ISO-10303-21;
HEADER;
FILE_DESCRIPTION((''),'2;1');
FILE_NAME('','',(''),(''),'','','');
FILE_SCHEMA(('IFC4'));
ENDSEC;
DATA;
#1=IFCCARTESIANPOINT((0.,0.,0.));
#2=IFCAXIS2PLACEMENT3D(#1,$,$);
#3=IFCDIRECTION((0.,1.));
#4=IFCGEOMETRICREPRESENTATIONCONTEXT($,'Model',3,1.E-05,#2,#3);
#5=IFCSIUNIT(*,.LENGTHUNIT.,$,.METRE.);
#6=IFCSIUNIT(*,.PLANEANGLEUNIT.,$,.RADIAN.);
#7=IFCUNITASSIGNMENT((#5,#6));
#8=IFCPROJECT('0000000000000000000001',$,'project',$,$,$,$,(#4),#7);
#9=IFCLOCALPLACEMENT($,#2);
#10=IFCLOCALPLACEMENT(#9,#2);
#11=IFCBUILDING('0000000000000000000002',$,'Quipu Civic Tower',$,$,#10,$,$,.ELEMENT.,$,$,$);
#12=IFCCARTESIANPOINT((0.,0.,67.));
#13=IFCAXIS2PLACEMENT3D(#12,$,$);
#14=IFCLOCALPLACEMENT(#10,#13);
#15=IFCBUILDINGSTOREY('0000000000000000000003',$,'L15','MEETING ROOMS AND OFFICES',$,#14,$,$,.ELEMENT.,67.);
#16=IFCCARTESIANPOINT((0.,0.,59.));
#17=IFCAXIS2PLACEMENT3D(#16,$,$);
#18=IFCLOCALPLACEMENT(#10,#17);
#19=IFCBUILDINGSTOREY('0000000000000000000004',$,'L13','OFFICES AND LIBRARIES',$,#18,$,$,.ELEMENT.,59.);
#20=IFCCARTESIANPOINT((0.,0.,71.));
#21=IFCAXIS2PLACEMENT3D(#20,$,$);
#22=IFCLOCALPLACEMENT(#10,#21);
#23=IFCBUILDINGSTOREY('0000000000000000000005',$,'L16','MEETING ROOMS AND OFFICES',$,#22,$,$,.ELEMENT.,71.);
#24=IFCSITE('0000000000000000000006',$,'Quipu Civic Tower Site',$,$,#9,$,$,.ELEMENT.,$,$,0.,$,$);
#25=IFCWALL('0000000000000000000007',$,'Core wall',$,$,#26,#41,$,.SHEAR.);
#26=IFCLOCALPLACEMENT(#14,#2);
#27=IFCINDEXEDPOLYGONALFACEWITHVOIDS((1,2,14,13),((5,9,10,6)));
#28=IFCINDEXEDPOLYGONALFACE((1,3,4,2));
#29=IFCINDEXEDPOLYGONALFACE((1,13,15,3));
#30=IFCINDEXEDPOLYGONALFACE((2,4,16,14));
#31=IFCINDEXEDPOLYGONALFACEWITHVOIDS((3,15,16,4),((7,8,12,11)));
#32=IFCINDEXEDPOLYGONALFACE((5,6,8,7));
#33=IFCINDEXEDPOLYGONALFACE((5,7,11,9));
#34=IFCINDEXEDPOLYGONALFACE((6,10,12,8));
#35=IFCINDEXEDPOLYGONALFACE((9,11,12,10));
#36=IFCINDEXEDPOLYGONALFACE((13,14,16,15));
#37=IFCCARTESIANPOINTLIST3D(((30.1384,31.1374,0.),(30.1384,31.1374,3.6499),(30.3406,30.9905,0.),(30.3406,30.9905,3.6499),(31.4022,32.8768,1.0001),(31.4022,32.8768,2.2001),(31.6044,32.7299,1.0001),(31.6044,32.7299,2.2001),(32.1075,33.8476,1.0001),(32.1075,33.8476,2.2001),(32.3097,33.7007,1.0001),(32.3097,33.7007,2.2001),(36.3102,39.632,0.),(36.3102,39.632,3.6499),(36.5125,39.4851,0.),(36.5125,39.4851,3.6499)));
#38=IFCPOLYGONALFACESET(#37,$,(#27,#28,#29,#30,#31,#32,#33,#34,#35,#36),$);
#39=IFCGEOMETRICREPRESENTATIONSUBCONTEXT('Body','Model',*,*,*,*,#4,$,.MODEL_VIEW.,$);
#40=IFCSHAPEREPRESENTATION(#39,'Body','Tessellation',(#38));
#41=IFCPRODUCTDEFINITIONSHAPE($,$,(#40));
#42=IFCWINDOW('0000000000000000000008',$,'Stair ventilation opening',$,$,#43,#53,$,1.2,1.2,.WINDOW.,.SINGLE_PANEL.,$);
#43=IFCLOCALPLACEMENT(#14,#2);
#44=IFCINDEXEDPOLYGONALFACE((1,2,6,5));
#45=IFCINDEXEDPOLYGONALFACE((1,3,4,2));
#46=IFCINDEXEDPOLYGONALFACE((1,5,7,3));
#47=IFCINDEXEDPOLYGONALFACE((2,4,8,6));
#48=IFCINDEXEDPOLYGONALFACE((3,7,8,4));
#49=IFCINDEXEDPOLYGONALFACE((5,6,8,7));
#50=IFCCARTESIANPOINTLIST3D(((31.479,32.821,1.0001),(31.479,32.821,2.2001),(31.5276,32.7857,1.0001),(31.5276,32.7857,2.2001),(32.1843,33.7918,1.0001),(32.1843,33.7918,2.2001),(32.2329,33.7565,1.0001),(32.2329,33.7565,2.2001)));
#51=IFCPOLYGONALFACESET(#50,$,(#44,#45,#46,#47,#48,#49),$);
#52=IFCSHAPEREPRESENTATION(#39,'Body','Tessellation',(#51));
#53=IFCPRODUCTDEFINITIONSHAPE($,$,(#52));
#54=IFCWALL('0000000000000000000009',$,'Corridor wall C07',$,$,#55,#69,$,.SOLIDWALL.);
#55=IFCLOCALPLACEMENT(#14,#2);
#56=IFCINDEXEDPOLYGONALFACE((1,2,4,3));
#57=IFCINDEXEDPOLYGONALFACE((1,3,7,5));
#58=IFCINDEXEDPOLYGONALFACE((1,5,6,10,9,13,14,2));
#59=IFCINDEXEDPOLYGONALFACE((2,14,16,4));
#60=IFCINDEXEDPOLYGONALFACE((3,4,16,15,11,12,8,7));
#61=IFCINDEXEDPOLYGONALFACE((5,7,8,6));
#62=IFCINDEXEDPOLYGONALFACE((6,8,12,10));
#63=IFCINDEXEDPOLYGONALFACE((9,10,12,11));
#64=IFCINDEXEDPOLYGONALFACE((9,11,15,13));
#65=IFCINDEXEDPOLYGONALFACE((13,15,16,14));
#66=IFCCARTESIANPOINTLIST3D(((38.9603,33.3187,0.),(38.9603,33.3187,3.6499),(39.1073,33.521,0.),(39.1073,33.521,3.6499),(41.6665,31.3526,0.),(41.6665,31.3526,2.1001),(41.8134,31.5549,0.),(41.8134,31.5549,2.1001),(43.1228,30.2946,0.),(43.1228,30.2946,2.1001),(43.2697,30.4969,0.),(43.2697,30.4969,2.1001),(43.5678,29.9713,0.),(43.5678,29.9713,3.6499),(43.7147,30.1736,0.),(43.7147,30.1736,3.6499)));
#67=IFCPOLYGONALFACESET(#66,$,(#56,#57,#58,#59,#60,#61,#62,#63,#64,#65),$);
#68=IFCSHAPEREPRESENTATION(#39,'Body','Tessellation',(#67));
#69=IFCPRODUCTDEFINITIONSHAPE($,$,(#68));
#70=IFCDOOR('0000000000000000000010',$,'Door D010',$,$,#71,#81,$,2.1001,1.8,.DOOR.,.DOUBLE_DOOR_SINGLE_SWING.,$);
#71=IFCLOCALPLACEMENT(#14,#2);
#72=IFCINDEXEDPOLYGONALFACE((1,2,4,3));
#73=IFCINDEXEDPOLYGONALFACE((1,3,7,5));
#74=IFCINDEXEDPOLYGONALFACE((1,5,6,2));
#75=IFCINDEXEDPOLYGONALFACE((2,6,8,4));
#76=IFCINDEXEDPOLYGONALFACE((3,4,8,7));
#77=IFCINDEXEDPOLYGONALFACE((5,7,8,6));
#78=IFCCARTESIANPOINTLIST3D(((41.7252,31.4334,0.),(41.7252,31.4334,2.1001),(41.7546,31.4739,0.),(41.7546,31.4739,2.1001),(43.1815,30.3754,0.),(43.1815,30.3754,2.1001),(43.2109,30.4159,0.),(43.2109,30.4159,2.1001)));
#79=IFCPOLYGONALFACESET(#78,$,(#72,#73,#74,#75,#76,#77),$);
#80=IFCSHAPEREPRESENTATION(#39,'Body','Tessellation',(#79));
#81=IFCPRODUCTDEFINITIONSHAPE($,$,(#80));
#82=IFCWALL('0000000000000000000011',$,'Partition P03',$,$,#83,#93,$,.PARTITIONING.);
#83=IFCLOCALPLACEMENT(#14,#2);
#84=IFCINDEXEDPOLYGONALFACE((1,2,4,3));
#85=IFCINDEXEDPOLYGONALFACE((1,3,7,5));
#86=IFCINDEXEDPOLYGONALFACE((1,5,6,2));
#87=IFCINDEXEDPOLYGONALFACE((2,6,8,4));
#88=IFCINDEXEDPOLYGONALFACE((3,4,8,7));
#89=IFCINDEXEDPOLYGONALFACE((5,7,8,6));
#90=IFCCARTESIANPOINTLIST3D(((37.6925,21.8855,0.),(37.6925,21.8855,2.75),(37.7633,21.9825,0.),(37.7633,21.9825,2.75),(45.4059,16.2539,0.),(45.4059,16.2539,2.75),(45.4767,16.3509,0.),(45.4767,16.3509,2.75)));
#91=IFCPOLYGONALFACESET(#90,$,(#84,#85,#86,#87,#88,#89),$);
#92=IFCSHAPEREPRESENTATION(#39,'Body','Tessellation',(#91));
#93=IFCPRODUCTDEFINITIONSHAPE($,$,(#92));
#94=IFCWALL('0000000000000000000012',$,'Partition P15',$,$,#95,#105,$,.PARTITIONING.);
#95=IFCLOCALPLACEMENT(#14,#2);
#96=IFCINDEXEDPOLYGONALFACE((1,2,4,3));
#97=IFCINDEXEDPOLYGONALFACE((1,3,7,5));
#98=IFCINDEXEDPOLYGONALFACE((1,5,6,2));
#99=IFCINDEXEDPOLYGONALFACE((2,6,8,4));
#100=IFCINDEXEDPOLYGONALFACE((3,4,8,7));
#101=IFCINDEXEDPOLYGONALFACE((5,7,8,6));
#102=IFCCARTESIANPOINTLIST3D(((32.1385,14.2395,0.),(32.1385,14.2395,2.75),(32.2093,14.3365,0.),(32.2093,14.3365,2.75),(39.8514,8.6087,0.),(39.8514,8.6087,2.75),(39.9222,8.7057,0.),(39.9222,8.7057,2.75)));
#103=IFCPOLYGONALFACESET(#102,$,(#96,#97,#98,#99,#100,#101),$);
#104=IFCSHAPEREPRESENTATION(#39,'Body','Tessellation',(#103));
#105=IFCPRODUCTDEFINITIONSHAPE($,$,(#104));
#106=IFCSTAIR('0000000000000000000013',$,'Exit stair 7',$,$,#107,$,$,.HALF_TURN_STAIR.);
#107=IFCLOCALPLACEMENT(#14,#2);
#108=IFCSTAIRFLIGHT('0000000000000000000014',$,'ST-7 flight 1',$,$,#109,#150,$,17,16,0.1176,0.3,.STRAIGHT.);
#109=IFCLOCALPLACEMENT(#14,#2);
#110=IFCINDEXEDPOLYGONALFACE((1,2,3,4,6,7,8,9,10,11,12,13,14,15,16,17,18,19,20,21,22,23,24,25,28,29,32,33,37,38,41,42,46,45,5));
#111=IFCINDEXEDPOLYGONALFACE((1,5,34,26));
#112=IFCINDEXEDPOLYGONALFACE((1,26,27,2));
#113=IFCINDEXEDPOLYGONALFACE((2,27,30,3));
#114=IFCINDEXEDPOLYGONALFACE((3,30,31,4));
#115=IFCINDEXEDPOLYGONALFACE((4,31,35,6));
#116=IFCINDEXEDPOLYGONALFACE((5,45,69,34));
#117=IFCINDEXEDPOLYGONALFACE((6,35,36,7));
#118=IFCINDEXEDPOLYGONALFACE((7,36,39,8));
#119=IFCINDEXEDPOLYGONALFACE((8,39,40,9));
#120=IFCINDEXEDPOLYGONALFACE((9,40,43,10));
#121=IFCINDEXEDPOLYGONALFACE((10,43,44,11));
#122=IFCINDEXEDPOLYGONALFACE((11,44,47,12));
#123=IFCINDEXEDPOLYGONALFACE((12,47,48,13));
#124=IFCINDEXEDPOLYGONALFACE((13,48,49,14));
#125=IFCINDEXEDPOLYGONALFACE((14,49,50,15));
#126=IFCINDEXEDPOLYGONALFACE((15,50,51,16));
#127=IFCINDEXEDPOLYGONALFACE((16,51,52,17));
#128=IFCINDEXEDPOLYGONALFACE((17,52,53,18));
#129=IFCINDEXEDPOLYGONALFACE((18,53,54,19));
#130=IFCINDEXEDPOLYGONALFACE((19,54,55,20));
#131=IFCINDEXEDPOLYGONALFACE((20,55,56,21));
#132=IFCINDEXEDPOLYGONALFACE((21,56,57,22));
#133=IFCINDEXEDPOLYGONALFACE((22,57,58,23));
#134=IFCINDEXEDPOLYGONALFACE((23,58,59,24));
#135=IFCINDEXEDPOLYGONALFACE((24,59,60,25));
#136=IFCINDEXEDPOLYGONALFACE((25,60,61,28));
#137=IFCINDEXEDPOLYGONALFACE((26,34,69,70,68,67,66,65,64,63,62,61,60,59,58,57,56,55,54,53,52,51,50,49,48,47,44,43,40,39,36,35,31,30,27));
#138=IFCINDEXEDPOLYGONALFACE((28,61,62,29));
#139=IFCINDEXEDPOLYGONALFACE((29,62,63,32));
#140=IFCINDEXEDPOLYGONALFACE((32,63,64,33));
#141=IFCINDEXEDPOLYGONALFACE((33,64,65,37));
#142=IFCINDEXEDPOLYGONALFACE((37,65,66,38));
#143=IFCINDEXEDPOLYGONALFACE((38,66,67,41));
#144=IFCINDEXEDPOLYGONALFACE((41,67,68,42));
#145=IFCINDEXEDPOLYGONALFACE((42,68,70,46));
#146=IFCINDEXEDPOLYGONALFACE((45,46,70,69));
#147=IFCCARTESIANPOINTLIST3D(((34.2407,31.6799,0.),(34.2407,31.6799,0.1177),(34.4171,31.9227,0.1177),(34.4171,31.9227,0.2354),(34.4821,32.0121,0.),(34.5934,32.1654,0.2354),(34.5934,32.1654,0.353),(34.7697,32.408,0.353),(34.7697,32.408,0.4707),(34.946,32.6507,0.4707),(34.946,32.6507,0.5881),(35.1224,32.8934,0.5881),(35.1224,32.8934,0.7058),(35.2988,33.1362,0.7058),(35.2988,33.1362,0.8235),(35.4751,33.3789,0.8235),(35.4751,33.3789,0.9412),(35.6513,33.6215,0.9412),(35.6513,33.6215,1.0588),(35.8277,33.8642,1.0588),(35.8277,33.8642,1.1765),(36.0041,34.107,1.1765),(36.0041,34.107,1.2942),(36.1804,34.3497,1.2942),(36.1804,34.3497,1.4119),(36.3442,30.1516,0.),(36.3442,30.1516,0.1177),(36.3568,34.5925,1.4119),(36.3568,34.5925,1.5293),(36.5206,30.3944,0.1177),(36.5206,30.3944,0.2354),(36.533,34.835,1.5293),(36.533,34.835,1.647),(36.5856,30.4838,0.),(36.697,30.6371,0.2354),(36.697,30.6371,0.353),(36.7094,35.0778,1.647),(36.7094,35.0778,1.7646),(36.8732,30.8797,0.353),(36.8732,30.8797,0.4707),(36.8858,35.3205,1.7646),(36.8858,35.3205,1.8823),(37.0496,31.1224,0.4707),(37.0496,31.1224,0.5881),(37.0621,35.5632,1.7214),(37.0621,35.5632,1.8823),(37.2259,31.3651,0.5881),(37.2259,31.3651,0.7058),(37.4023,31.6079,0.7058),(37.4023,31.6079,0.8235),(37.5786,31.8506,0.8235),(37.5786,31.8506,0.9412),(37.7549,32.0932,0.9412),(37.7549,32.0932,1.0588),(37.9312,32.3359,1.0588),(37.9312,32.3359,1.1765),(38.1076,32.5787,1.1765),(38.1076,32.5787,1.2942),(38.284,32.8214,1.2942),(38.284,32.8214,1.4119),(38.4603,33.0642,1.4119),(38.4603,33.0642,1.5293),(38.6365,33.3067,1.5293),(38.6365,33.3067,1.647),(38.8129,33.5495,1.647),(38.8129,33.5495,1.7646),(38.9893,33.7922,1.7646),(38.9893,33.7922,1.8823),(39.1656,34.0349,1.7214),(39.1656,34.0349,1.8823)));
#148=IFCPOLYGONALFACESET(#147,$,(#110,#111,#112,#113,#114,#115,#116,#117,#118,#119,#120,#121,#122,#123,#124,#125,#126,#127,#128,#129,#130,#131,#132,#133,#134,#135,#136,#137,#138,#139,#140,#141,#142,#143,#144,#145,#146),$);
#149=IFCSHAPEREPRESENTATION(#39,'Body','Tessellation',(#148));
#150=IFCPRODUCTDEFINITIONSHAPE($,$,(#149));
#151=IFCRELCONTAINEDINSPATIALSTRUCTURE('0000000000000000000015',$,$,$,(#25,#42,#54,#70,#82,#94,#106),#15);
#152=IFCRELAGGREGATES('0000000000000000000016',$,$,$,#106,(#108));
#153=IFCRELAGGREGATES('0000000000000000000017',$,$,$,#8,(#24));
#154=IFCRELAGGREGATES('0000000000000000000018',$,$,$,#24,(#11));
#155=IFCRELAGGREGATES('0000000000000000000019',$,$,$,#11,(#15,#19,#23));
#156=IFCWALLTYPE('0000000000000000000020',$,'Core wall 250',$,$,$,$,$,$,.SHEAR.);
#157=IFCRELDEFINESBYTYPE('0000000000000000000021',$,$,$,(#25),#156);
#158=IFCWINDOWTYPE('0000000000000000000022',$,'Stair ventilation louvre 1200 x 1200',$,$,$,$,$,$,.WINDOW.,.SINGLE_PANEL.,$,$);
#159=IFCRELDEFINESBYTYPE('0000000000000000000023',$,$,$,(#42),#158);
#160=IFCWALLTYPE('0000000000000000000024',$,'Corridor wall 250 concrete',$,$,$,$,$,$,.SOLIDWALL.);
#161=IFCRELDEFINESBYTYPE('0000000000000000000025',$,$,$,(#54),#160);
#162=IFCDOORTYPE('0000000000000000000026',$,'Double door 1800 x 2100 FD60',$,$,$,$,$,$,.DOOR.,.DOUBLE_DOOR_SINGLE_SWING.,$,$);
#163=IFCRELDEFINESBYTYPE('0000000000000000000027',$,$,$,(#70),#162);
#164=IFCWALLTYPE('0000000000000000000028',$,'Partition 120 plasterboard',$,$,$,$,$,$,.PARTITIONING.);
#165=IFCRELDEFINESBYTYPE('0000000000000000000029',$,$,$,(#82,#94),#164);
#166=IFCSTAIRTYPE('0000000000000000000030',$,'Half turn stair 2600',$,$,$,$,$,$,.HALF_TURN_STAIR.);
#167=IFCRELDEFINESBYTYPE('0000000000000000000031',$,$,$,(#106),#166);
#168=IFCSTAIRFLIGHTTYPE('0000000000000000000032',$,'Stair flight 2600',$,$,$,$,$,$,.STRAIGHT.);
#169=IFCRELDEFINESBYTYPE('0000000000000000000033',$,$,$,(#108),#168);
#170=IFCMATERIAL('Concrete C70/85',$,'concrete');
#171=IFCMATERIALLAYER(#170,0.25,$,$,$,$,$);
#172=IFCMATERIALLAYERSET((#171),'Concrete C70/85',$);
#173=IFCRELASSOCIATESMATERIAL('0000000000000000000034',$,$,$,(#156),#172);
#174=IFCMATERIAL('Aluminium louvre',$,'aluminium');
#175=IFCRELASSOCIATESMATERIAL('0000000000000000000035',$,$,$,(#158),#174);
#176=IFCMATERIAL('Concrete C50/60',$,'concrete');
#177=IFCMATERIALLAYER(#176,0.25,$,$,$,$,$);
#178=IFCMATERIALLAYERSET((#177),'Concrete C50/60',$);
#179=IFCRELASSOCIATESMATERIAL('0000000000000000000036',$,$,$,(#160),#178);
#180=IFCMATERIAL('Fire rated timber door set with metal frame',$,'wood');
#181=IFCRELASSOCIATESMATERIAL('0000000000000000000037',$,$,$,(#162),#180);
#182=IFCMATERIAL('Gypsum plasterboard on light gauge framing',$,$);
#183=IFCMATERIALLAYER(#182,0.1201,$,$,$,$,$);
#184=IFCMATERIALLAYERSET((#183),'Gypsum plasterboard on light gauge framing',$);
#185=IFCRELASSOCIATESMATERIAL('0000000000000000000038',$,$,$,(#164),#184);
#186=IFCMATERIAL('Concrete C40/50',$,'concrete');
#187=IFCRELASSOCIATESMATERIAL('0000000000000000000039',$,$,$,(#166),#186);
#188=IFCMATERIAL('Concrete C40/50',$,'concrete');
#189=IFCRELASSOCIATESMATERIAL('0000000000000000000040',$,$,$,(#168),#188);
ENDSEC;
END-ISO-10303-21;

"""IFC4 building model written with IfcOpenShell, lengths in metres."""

from ifc_helpers import new_model, si_unit, direction, frame, frame_2d, origin, place, context, subcontext, project, spatial, polyline, rectangle, outline, extrude, material, layer, layer_set, type_object, element, fill, aggregate, save


model = new_model("IFC4")

# Units and contexts
model_context = context("Model", 3, precision=1e-05, world=origin(), true_north=direction((0.0, 1.0)))
body_context = subcontext(model_context, "Body", "Model", "MODEL_VIEW")
ifc_project = project(units=[si_unit("LENGTHUNIT", "METRE"), si_unit("PLANEANGLEUNIT", "RADIAN")], contexts=[model_context])

# Site, building, storey
site_placement = place(None, origin())
site = spatial("IfcSite", under=ifc_project, at=site_placement, Name="Quipu Civic Tower Site", CompositionType="ELEMENT", RefElevation=0.0)
building_placement = place(site_placement, origin())
building = spatial("IfcBuilding", under=site, at=building_placement, Name="Quipu Civic Tower", CompositionType="ELEMENT")
storey_1_placement = place(building_placement, frame((0.0, 0.0, 67.0)))
storey_1 = spatial("IfcBuildingStorey", under=building, at=storey_1_placement, Name="L15", Description="MEETING ROOMS AND OFFICES", CompositionType="ELEMENT", Elevation=67.0)

# Shared definitions
storey_2_placement = place(building_placement, frame((0.0, 0.0, 59.0)))
storey_2 = spatial("IfcBuildingStorey", under=building, at=storey_2_placement, Name="L13", Description="OFFICES AND LIBRARIES", CompositionType="ELEMENT", Elevation=59.0)

# Shared definitions
storey_3_placement = place(building_placement, frame((0.0, 0.0, 71.0)))
storey_3 = spatial("IfcBuildingStorey", under=building, at=storey_3_placement, Name="L16", Description="MEETING ROOMS AND OFFICES", CompositionType="ELEMENT", Elevation=71.0)

# Shared definitions
ifc_material_1 = material(Name="Concrete C70/85", Category="concrete")
ifc_layer_1 = layer(ifc_material_1, 0.25)
ifc_layer_set_1 = layer_set([ifc_layer_1], Name="Concrete C70/85")
wall_type_1 = type_object("IfcWallType", Name="Core wall 250", PredefinedType="SHEAR", material=ifc_layer_set_1)

# Wall, opening, window
wall_1_placement = place(storey_1_placement, frame((30.2395, 31.064, 0.0), z_axis=(0.0, 0.0, 1.0), x_axis=(0.587796, 0.809009, 0.0)))
wall_1 = element("IfcWall", 1, at=wall_1_placement, inside=storey_1, type_object=wall_type_1, Name="Core wall", PredefinedType="SHEAR", context=body_context, shape_type="SweptSolid", body=[
    extrude(rectangle(XDim=10.5, YDim=0.25, at=frame_2d((5.25, 0.0))), origin(), (0.0, 0.0, 1.0), 3.6499),
])
opening_1_placement = place(wall_1_placement, frame((2.1499, 0.0, 1.0)))
opening_1 = element("IfcOpeningElement", 2, at=opening_1_placement, cuts=wall_1, PredefinedType="OPENING", context=body_context, shape_type="SweptSolid", body=[
    extrude(rectangle(XDim=1.2, YDim=1.2, at=frame_2d((0.6001, 0.6001))), frame((0.0, 0.135, 0.0), z_axis=(0.0, -1.0, 0.0), x_axis=(1.0, 0.0, 0.0)), (0.0, 0.0, 1.0), 0.27),
])
ifc_material_2 = material(Name="Aluminium louvre", Category="aluminium")
window_type = type_object("IfcWindowType", Name="Stair ventilation louvre 1200 x 1200", PartitioningType="SINGLE_PANEL", PredefinedType="WINDOW", material=ifc_material_2)
window_placement = place(opening_1_placement, origin())
window = element("IfcWindow", 3, at=window_placement, inside=storey_1, type_object=window_type, Name="Stair ventilation opening", OverallHeight=1.2, OverallWidth=1.2, PartitioningType="SINGLE_PANEL", PredefinedType="WINDOW", context=body_context, shape_type="SweptSolid", body=[
    extrude(rectangle(XDim=1.2, YDim=1.2, at=frame_2d((0.6001, 0.6001))), frame((0.0, 0.03, 0.0), z_axis=(0.0, -1.0, 0.0), x_axis=(1.0, 0.0, 0.0)), (0.0, 0.0, 1.0), 0.0601),
])
fill(opening_1, window)

# Wall, opening, door
ifc_material_3 = material(Name="Concrete C50/60", Category="concrete")
ifc_layer_2 = layer(ifc_material_3, 0.25)
ifc_layer_set_2 = layer_set([ifc_layer_2], Name="Concrete C50/60")
wall_type_2 = type_object("IfcWallType", Name="Corridor wall 250 concrete", PredefinedType="SOLIDWALL", material=ifc_layer_set_2)
wall_2_placement = place(storey_1_placement, frame((39.0337, 33.4199, 0.0), z_axis=(0.0, 0.0, 1.0), x_axis=(0.809023, -0.587777, 0.0)))
wall_2 = element("IfcWall", 4, at=wall_2_placement, inside=storey_1, type_object=wall_type_2, Name="Corridor wall C07", PredefinedType="SOLIDWALL", context=body_context, shape_type="SweptSolid", body=[
    extrude(rectangle(XDim=5.6951, YDim=0.25, at=frame_2d((2.8477, 0.0))), origin(), (0.0, 0.0, 1.0), 3.6499),
])
opening_2_placement = place(wall_2_placement, frame((3.3452, 0.0, 0.0)))
opening_2 = element("IfcOpeningElement", 5, at=opening_2_placement, cuts=wall_2, PredefinedType="OPENING", context=body_context, shape_type="SweptSolid", body=[
    extrude(rectangle(XDim=1.8, YDim=2.1001, at=frame_2d((0.8999, 1.05))), frame((0.0, 0.135, 0.0), z_axis=(0.0, -1.0, 0.0), x_axis=(1.0, 0.0, 0.0)), (0.0, 0.0, 1.0), 0.27),
])
ifc_material_4 = material(Name="Fire rated timber door set with metal frame", Category="wood")
door_type_1 = type_object("IfcDoorType", Name="Double door 1800 x 2100 FD60", OperationType="DOUBLE_DOOR_SINGLE_SWING", PredefinedType="DOOR", material=ifc_material_4)
door_1_placement = place(opening_2_placement, origin())
door_1 = element("IfcDoor", 6, at=door_1_placement, inside=storey_1, type_object=door_type_1, Name="Door D010", OperationType="DOUBLE_DOOR_SINGLE_SWING", OverallHeight=2.1001, OverallWidth=1.8, PredefinedType="DOOR", context=body_context, shape_type="SweptSolid", body=[
    extrude(rectangle(XDim=1.8, YDim=2.1001, at=frame_2d((0.8999, 1.05))), frame((0.0, 0.0249, 0.0), z_axis=(0.0, -1.0, 0.0), x_axis=(1.0, 0.0, 0.0)), (0.0, 0.0, 1.0), 0.05),
])
fill(opening_2, door_1)

# Walls
ifc_material_5 = material(Name="Gypsum plasterboard on light gauge framing")
ifc_layer_3 = layer(ifc_material_5, 0.1201)
ifc_layer_set_3 = layer_set([ifc_layer_3], Name="Gypsum plasterboard on light gauge framing")
wall_type_3 = type_object("IfcWallType", Name="Partition 120 plasterboard", PredefinedType="PARTITIONING", material=ifc_layer_set_3)
wall_3_placement = place(storey_1_placement, frame((37.7278, 21.9341, 0.0), z_axis=(0.0, 0.0, 1.0), x_axis=(0.807646, -0.589668, 0.0)))
element("IfcWall", 7, at=wall_3_placement, inside=storey_1, type_object=wall_type_3, Name="Partition P03", PredefinedType="PARTITIONING", context=body_context, shape_type="SweptSolid", body=[
    extrude(rectangle(XDim=9.5505, YDim=0.1201, at=frame_2d((4.7754, 0.0))), origin(), (0.0, 0.0, 1.0), 2.75),
])
wall_4_placement = place(storey_1_placement, frame((32.1738, 14.2881, 0.0), z_axis=(0.0, 0.0, 1.0), x_axis=(0.807665, -0.589642, 0.0)))
element("IfcWall", 8, at=wall_4_placement, inside=storey_1, type_object=wall_type_3, Name="Partition P15", PredefinedType="PARTITIONING", context=body_context, shape_type="SweptSolid", body=[
    extrude(rectangle(XDim=9.5496, YDim=0.1201, at=frame_2d((4.7749, 0.0))), origin(), (0.0, 0.0, 1.0), 2.75),
])

# Stair, stair flight
ifc_material_6 = material(Name="Concrete C40/50", Category="concrete")
stair_type = type_object("IfcStairType", Name="Half turn stair 2600", PredefinedType="HALF_TURN_STAIR", material=ifc_material_6)
stair_placement = place(storey_1_placement, origin())
stair = element("IfcStair", 9, at=stair_placement, inside=storey_1, type_object=stair_type, Name="Exit stair 7", PredefinedType="HALF_TURN_STAIR")
ifc_material_7 = material(Name="Concrete C40/50", Category="concrete")
stair_flight_type = type_object("IfcStairFlightType", Name="Stair flight 2600", PredefinedType="STRAIGHT", material=ifc_material_7)
stair_flight_1_placement = place(storey_1_placement, frame((35.2925, 30.9158, 0.0), z_axis=(0.0, 0.0, 1.0), x_axis=(0.587785, 0.809017, 0.0)))
stair_flight_1 = element("IfcStairFlight", 10, at=stair_flight_1_placement, type_object=stair_flight_type, Name="ST-7 flight 1", NumberOfRisers=17, NumberOfTreads=16, PredefinedType="STRAIGHT", RiserHeight=0.1176, TreadLength=0.3, context=body_context, shape_type="SweptSolid", body=[
    extrude(outline(polyline([(0.0, 0.0), (0.0, 0.1177), (0.3, 0.1177), (0.3, 0.2354), (0.6001, 0.2354), (0.6001, 0.353), (0.8999, 0.353), (0.8999, 0.4707), (1.2, 0.4707), (1.2, 0.5881), (1.5, 0.5881), (1.5, 0.7058), (1.8, 0.7058), (1.8, 0.8235), (2.1001, 0.8235), (2.1001, 0.9412), (2.3999, 0.9412), (2.3999, 1.0588), (2.7, 1.0588), (2.7, 1.1765), (3.0, 1.1765), (3.0, 1.2942), (3.3, 1.2942), (3.3, 1.4119), (3.6001, 1.4119), (3.6001, 1.5293), (3.8999, 1.5293), (3.8999, 1.647), (4.2, 1.647), (4.2, 1.7646), (4.5, 1.7646), (4.5, 1.8823), (4.8, 1.8823), (4.8, 2.0), (4.8, 1.7214), (0.4106, 0.0), (0.0, 0.0)])), frame((0.0, 1.3, 0.0), z_axis=(0.0, -1.0, 0.0), x_axis=(1.0, 0.0, 0.0)), (0.0, 0.0, 1.0), 2.6001),
])
aggregate(stair, [stair_flight_1])

save(model, "model.ifc")
